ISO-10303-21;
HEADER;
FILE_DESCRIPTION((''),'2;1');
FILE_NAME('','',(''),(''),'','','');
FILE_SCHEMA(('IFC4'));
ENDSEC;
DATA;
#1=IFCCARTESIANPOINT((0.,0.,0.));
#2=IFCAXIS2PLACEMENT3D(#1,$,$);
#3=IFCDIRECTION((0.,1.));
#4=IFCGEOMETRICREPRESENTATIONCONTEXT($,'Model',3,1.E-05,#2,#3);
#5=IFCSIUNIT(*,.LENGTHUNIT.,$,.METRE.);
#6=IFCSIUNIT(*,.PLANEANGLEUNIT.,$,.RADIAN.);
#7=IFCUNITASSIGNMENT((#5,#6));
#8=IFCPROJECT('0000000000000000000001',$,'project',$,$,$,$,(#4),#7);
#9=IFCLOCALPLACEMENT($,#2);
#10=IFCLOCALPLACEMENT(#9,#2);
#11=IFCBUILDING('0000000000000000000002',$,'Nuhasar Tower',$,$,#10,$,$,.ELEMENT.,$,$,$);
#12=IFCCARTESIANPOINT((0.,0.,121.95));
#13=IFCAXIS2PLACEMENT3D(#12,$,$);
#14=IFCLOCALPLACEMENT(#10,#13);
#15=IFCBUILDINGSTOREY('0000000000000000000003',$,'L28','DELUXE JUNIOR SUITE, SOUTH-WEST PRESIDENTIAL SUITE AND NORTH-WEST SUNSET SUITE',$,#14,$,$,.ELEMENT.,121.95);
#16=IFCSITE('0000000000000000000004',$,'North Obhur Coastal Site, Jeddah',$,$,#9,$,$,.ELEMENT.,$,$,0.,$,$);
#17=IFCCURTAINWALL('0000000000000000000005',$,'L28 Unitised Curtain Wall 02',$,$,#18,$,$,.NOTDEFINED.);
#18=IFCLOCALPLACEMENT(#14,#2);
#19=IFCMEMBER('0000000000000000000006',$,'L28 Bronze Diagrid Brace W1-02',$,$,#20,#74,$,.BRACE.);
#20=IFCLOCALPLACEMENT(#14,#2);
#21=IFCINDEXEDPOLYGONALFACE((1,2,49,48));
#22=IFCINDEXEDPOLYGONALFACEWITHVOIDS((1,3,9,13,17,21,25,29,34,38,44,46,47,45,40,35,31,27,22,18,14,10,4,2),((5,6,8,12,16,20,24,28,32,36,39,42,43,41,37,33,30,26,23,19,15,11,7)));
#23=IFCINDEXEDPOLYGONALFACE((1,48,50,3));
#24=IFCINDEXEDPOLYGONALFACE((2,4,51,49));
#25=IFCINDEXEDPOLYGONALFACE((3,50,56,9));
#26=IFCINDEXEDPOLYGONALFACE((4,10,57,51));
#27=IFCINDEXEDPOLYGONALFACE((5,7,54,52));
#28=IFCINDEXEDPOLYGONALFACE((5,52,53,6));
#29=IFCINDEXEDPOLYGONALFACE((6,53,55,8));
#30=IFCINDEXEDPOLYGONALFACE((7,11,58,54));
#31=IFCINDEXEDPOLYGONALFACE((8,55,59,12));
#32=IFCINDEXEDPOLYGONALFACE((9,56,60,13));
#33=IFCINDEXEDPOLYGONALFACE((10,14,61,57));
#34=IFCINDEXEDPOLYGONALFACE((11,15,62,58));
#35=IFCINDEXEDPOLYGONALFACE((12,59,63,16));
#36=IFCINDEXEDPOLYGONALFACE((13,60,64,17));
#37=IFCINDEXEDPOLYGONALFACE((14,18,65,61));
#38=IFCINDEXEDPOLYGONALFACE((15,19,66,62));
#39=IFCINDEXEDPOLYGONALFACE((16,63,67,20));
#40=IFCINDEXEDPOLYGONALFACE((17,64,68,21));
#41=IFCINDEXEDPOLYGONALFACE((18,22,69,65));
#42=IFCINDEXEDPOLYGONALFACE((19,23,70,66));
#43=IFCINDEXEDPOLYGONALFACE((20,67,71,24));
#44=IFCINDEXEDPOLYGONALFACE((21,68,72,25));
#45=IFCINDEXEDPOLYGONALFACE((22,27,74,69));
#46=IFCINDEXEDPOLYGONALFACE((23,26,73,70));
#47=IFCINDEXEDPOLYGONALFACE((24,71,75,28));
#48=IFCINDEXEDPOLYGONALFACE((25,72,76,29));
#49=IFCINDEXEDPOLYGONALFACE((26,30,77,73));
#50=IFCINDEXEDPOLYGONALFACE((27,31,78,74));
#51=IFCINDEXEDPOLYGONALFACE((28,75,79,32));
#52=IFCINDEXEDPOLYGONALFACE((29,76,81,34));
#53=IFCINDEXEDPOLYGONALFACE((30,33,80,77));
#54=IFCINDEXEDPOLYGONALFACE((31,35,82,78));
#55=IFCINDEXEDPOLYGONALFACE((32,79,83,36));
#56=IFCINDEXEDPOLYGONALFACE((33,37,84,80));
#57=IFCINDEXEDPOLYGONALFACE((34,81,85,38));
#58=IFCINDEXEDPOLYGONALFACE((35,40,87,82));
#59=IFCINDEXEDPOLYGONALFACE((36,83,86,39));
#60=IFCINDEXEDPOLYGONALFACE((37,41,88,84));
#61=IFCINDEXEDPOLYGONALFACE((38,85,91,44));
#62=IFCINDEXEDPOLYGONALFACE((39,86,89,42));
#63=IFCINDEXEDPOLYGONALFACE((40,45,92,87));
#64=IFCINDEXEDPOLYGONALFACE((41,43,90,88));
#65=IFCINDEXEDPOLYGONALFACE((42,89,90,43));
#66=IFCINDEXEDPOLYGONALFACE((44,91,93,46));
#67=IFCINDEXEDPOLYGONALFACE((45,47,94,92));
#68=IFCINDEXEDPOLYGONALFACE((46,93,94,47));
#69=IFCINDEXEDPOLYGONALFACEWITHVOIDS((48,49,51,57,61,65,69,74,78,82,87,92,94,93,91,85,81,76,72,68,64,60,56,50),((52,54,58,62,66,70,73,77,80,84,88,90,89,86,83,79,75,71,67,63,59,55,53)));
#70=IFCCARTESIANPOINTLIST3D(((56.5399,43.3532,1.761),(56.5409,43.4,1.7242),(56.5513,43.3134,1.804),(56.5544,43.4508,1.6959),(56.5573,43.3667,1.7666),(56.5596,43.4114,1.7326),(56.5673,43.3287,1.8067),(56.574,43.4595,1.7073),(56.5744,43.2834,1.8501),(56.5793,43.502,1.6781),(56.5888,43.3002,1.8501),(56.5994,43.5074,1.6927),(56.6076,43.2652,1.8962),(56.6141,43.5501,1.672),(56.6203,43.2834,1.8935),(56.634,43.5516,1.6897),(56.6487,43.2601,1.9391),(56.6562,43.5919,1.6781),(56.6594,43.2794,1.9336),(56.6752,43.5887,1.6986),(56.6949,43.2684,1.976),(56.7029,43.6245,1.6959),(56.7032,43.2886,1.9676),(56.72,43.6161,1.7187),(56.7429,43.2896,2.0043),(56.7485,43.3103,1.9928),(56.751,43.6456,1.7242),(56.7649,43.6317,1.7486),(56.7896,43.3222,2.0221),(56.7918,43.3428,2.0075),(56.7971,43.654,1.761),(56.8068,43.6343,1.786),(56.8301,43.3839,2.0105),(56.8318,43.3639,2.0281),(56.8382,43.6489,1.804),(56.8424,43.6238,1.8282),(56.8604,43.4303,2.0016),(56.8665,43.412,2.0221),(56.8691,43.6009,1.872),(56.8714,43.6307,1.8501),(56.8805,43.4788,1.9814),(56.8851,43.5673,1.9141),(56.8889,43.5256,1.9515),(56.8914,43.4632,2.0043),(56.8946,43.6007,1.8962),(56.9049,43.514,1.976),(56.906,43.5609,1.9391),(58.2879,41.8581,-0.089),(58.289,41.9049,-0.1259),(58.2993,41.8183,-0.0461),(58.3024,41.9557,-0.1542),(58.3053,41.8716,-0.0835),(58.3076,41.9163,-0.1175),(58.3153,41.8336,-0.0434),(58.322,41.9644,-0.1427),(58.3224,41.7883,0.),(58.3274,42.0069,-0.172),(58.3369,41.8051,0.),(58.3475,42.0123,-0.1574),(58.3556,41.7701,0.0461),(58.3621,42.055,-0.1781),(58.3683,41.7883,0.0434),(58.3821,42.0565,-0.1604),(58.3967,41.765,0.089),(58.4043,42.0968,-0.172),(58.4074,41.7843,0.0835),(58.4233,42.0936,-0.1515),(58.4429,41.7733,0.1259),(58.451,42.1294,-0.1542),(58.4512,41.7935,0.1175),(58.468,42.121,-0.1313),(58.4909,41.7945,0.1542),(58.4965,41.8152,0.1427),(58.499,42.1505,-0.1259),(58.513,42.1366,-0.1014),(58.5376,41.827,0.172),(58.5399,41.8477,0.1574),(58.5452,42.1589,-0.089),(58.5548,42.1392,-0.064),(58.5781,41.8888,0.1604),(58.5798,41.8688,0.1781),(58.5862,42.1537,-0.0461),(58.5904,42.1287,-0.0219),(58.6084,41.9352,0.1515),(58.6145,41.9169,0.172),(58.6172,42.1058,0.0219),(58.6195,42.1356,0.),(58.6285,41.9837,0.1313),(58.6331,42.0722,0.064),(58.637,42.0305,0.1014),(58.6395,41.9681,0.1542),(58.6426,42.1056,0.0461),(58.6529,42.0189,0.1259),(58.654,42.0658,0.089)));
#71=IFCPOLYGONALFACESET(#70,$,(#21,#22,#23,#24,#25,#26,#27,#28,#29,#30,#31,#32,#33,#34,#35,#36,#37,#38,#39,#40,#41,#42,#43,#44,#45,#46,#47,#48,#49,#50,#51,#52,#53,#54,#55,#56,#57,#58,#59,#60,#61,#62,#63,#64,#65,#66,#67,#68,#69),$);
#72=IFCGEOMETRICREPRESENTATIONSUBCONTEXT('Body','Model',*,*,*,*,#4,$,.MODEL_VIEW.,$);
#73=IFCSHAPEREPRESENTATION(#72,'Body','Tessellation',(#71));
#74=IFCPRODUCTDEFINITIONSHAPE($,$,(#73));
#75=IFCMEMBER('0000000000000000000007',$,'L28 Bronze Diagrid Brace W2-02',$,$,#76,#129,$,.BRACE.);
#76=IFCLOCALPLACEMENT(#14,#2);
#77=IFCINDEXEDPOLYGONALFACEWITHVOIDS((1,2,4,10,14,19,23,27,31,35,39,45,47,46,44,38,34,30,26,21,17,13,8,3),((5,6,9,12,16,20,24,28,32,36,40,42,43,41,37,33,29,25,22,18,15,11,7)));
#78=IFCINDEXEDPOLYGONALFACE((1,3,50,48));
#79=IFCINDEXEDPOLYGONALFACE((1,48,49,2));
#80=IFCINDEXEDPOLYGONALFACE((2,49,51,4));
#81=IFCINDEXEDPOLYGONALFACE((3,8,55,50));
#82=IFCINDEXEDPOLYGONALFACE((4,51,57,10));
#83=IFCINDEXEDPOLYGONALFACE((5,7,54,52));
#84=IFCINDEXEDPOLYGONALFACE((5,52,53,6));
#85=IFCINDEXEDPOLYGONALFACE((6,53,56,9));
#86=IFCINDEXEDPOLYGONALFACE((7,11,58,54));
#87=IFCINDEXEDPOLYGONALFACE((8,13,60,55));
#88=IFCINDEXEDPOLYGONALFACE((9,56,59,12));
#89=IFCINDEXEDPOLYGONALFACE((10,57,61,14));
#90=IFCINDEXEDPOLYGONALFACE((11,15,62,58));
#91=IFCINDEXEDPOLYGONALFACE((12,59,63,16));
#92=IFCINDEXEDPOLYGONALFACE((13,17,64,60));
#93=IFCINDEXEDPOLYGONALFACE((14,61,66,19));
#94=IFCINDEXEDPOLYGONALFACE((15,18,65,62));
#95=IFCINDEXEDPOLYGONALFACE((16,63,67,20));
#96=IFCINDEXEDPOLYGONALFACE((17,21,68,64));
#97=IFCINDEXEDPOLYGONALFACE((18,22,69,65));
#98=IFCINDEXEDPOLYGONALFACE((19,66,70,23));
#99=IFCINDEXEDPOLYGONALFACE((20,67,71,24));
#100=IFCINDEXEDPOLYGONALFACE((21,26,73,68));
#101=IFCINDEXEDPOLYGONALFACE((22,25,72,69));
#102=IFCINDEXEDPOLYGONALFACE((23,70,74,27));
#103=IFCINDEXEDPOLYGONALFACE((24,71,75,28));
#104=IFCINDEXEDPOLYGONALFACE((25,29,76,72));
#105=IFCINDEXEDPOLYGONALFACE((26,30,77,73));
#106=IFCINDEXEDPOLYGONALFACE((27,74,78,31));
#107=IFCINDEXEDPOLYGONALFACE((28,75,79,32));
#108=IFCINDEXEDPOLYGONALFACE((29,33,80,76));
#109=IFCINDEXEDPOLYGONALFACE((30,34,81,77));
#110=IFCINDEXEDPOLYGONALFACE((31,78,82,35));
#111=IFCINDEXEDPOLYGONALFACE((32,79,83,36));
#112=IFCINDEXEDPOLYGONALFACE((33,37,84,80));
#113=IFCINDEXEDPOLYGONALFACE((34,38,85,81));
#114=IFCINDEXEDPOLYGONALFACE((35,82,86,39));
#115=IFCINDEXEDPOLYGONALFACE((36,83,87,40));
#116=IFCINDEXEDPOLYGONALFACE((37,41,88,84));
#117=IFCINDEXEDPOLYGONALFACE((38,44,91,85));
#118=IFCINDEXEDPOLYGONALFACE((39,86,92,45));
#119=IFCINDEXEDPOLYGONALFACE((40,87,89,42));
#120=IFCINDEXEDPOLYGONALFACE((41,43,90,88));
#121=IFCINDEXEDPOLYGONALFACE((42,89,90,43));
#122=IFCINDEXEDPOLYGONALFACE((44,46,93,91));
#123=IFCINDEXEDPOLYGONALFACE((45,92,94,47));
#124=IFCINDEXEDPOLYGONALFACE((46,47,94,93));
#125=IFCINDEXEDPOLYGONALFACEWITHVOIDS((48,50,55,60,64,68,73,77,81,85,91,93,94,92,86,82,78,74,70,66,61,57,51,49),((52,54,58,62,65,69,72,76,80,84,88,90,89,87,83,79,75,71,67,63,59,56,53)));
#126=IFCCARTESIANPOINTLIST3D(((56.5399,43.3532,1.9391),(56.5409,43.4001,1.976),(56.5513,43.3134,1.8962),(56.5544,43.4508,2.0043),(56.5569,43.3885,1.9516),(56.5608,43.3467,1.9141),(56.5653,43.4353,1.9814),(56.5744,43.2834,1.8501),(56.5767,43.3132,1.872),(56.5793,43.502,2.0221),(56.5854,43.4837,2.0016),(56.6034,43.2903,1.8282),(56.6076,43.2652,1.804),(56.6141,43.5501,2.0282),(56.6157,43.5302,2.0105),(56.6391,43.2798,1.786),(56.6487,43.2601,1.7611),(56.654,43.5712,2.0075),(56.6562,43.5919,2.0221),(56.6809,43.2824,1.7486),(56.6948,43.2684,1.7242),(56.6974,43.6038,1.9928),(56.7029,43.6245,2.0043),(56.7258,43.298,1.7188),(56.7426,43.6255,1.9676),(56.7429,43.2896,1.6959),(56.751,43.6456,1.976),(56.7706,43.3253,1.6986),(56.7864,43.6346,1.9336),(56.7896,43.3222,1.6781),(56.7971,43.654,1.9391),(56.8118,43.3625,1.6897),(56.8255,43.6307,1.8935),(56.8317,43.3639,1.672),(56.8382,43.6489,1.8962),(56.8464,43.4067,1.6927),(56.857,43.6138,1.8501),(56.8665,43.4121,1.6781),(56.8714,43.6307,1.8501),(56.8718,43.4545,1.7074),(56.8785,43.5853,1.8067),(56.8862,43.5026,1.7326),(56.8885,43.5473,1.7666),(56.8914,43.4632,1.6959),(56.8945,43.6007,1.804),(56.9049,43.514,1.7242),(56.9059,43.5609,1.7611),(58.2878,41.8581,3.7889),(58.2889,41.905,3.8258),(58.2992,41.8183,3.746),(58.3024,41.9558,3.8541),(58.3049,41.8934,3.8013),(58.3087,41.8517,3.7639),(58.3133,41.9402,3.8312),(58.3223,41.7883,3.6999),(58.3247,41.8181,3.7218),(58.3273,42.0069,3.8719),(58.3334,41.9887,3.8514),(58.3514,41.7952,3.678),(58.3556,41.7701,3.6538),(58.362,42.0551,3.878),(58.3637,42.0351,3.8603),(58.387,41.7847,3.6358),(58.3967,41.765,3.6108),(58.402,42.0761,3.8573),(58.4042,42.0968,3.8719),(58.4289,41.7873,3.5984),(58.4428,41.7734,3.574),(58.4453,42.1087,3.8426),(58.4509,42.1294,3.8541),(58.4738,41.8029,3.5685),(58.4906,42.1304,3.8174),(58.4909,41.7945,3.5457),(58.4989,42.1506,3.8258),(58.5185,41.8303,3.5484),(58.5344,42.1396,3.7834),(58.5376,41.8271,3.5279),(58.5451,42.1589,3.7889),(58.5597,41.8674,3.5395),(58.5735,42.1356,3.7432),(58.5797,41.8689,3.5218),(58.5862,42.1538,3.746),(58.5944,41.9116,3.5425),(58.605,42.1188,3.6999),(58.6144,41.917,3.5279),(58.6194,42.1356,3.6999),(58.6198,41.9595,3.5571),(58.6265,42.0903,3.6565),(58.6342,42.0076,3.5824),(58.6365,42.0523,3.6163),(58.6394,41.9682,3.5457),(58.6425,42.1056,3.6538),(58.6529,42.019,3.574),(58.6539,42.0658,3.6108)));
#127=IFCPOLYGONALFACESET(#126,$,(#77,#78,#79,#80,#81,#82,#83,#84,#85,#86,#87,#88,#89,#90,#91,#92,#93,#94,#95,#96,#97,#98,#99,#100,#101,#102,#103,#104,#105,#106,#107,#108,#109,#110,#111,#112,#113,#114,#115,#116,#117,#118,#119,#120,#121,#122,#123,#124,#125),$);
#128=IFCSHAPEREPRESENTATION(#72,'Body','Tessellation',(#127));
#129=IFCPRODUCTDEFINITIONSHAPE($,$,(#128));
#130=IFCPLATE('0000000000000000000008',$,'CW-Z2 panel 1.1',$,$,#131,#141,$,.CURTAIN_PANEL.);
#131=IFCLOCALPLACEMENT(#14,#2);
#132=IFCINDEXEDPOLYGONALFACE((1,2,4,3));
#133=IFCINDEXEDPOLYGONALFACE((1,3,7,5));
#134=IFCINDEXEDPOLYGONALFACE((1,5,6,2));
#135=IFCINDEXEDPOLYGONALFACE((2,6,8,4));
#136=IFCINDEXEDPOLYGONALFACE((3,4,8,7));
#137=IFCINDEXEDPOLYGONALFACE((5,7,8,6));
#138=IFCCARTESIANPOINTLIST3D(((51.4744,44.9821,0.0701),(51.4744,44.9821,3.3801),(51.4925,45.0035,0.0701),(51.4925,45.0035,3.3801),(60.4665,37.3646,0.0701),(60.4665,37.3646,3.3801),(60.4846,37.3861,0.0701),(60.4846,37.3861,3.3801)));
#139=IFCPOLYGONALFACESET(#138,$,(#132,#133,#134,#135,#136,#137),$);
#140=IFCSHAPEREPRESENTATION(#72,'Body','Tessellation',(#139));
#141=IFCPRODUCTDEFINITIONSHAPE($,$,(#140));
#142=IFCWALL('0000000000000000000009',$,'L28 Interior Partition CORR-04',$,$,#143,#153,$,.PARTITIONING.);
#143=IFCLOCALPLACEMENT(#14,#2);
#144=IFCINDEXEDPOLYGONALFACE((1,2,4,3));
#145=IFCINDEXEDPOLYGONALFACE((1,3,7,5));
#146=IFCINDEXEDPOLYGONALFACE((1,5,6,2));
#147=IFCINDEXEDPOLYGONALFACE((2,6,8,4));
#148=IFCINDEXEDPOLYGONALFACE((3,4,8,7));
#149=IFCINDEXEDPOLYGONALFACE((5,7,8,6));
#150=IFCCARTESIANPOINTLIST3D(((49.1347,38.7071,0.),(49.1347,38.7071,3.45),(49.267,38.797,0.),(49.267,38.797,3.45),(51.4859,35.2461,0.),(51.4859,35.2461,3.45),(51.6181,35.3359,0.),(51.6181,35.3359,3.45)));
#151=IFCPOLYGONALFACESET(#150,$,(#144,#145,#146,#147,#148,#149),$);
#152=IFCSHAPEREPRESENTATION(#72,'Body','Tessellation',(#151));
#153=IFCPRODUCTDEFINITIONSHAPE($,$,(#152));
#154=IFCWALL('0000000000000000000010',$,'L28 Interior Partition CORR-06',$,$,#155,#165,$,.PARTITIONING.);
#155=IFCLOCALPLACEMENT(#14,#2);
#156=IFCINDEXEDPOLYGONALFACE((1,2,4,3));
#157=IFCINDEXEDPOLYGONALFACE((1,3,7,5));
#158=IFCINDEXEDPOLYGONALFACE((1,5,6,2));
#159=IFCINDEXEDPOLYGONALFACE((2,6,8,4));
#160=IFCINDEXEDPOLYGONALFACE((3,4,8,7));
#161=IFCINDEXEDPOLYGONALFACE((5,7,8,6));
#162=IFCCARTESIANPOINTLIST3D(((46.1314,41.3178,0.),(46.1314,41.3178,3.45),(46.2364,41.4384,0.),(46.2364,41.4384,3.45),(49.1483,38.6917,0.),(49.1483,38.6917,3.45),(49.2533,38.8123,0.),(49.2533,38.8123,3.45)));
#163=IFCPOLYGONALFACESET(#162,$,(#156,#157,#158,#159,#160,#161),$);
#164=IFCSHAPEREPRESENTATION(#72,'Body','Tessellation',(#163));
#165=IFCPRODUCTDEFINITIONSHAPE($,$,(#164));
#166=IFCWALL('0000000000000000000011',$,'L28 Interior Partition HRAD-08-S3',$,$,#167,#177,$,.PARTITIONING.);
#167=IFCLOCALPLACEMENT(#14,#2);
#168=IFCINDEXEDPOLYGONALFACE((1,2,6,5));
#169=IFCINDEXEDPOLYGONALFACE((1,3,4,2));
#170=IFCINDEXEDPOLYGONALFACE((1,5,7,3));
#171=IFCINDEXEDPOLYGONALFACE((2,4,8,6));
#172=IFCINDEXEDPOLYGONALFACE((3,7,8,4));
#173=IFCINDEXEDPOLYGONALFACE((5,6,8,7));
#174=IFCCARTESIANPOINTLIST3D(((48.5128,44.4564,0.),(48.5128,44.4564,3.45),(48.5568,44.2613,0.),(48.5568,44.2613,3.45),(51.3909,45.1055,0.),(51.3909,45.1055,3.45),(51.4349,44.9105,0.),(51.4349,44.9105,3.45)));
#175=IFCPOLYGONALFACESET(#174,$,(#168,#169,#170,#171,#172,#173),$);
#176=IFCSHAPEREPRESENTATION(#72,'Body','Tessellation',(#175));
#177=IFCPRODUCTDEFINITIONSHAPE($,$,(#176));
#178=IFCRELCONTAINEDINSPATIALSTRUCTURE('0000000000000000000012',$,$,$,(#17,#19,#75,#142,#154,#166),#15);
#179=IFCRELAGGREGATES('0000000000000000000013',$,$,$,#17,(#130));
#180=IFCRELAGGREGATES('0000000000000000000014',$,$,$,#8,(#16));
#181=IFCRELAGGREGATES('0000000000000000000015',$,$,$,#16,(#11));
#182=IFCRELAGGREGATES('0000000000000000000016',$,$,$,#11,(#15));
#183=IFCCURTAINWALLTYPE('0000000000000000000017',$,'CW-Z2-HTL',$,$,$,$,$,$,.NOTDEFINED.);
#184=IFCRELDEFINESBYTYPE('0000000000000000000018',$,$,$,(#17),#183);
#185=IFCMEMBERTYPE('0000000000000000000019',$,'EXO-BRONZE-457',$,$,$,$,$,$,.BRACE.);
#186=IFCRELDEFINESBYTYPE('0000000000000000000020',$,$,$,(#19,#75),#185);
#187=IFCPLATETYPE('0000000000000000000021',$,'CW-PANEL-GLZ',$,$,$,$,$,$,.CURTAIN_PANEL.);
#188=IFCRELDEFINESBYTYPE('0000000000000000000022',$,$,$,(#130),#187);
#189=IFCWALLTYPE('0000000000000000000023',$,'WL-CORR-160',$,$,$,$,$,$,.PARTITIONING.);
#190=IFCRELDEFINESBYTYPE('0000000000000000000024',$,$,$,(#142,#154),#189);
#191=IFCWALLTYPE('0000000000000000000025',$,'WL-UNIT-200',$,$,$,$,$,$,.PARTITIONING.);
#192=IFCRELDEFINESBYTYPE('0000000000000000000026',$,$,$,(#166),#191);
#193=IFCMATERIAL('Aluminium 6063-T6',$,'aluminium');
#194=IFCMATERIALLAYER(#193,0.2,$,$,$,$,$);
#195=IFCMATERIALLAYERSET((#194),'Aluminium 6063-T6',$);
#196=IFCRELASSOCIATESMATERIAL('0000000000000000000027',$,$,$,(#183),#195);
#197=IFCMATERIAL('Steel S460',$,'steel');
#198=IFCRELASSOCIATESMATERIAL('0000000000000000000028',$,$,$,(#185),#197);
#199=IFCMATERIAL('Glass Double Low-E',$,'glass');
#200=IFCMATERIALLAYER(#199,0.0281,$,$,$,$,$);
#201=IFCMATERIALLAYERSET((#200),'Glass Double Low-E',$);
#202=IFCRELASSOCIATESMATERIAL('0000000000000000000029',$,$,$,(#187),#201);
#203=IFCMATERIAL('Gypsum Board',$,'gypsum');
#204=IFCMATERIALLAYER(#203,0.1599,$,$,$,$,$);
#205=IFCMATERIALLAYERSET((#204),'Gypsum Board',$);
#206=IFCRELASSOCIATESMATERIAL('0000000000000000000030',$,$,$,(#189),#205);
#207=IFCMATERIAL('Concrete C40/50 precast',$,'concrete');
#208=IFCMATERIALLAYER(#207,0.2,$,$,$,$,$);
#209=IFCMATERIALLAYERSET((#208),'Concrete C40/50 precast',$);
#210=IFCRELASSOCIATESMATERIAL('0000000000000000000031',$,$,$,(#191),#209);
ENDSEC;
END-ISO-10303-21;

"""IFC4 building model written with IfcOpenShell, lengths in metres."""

from ifc_helpers import new_model, si_unit, direction, frame, frame_2d, origin, origin_2d, place, context, subcontext, project, spatial, rectangle, hollow_circle, extrude, material, layer, layer_set, material_profile, profile_set, type_object, element, aggregate, save


model = new_model("IFC4")

# Units and contexts
model_context = context("Model", 3, precision=1e-05, world=origin(), true_north=direction((0.0, 1.0)))
body_context = subcontext(model_context, "Body", "Model", "MODEL_VIEW")
ifc_project = project(units=[si_unit("LENGTHUNIT", "METRE"), si_unit("PLANEANGLEUNIT", "RADIAN")], contexts=[model_context])

# Site, building, storey
site_placement = place(None, origin())
site = spatial("IfcSite", under=ifc_project, at=site_placement, Name="North Obhur Coastal Site, Jeddah", CompositionType="ELEMENT", RefElevation=0.0)
building_placement = place(site_placement, origin())
building = spatial("IfcBuilding", under=site, at=building_placement, Name="Nuhasar Tower", CompositionType="ELEMENT")
storey_placement = place(building_placement, frame((0.0, 0.0, 121.95)))
storey = spatial("IfcBuildingStorey", under=building, at=storey_placement, Name="L28", Description="DELUXE JUNIOR SUITE, SOUTH-WEST PRESIDENTIAL SUITE AND NORTH-WEST SUNSET SUITE", CompositionType="ELEMENT", Elevation=121.95)

# Shared definitions
ifc_material_1 = material(Name="Aluminium 6063-T6", Category="aluminium")
ifc_layer_1 = layer(ifc_material_1, 0.2)
ifc_layer_set_1 = layer_set([ifc_layer_1], Name="Aluminium 6063-T6")
curtain_wall_type = type_object("IfcCurtainWallType", Name="CW-Z2-HTL", PredefinedType="NOTDEFINED", material=ifc_layer_set_1)

# Curtain wall
curtain_wall_1_placement = place(storey_placement, origin())
curtain_wall_1 = element("IfcCurtainWall", 1, at=curtain_wall_1_placement, inside=storey, type_object=curtain_wall_type, Name="L28 Unitised Curtain Wall 02", PredefinedType="NOTDEFINED")

# Members
ifc_material_2 = material(Name="Steel S460", Category="steel")
ifc_material_profile_1 = material_profile(ifc_material_2, hollow_circle(Radius=0.2285, WallThickness=0.0222, at=origin_2d()), Name="HSS457X22.2")
ifc_profile_set_1 = profile_set([ifc_material_profile_1], Name="Steel S460")
member_type_1 = type_object("IfcMemberType", Name="EXO-BRONZE-457", PredefinedType="BRACE", material=ifc_profile_set_1)
member_1_placement = place(storey_placement, frame((58.4709, 41.9619, 0.0), z_axis=(-0.59217, 0.506488, 0.626741), x_axis=(-0.649987, -0.759945, 0.0)))
element("IfcMember", 2, at=member_1_placement, inside=storey, type_object=member_type_1, Name="L28 Bronze Diagrid Brace W1-02", PredefinedType="BRACE", context=body_context, shape_type="SweptSolid", body=[
    extrude(hollow_circle(Radius=0.2285, WallThickness=0.0222, at=origin_2d()), origin(), (0.0, 0.0, 1.0), 2.9519),
])
member_2_placement = place(storey_placement, frame((56.7229, 43.457, 1.8501), z_axis=(0.592201, -0.506514, 0.626691), x_axis=(0.649987, 0.759945, 0.0)))
element("IfcMember", 3, at=member_2_placement, inside=storey, type_object=member_type_1, Name="L28 Bronze Diagrid Brace W2-02", PredefinedType="BRACE", context=body_context, shape_type="SweptSolid", body=[
    extrude(hollow_circle(Radius=0.2285, WallThickness=0.0222, at=origin_2d()), origin(), (0.0, 0.0, 1.0), 2.9517),
])

# Plate
ifc_material_3 = material(Name="Glass Double Low-E", Category="glass")
ifc_layer_2 = layer(ifc_material_3, 0.0281)
ifc_layer_set_2 = layer_set([ifc_layer_2], Name="Glass Double Low-E")
plate_type = type_object("IfcPlateType", Name="CW-PANEL-GLZ", PredefinedType="CURTAIN_PANEL", material=ifc_layer_set_2)
plate_placement = place(storey_placement, frame((55.9795, 41.1841, 0.0701), z_axis=(0.0, 0.0, 1.0), x_axis=(-0.76302, 0.646374, 0.0)))
plate = element("IfcPlate", 4, at=plate_placement, type_object=plate_type, Name="CW-Z2 panel 1.1", PredefinedType="CURTAIN_PANEL", context=body_context, shape_type="SweptSolid", body=[
    extrude(rectangle(XDim=11.7849, YDim=0.0281, at=origin_2d()), origin(), (0.0, 0.0, 1.0), 3.3101),
])
aggregate(curtain_wall_1, [plate])

# Walls
ifc_material_4 = material(Name="Gypsum Board", Category="gypsum")
ifc_layer_3 = layer(ifc_material_4, 0.1599)
ifc_layer_set_3 = layer_set([ifc_layer_3], Name="Gypsum Board")
wall_type_1 = type_object("IfcWallType", Name="WL-CORR-160", PredefinedType="PARTITIONING", material=ifc_layer_set_3)
wall_1_placement = place(storey_placement, frame((51.552, 35.291, 0.0), z_axis=(0.0, 0.0, 1.0), x_axis=(-0.561924, 0.827189, 0.0)))
element("IfcWall", 5, at=wall_1_placement, inside=storey, type_object=wall_type_1, Name="L28 Interior Partition CORR-04", PredefinedType="PARTITIONING", context=body_context, shape_type="SweptSolid", body=[
    extrude(rectangle(XDim=4.1841, YDim=0.1599, at=frame_2d((2.092, 0.0))), origin(), (0.0, 0.0, 1.0), 3.45),
])
wall_2_placement = place(storey_placement, frame((49.2009, 38.752, 0.0), z_axis=(0.0, 0.0, 1.0), x_axis=(-0.75428, 0.656553, 0.0)))
element("IfcWall", 6, at=wall_2_placement, inside=storey, type_object=wall_type_1, Name="L28 Interior Partition CORR-06", PredefinedType="PARTITIONING", context=body_context, shape_type="SweptSolid", body=[
    extrude(rectangle(XDim=3.9998, YDim=0.1599, at=frame_2d((2.0, 0.0))), origin(), (0.0, 0.0, 1.0), 3.45),
])
ifc_material_5 = material(Name="Concrete C40/50 precast", Category="concrete")
ifc_layer_4 = layer(ifc_material_5, 0.2)
ifc_layer_set_4 = layer_set([ifc_layer_4], Name="Concrete C40/50 precast")
wall_type_2 = type_object("IfcWallType", Name="WL-UNIT-200", PredefinedType="PARTITIONING", material=ifc_layer_set_4)
wall_3_placement = place(storey_placement, frame((48.5349, 44.3589, 0.0), z_axis=(0.0, 0.0, 1.0), x_axis=(0.975495, 0.220022, 0.0)))
element("IfcWall", 7, at=wall_3_placement, inside=storey, type_object=wall_type_2, Name="L28 Interior Partition HRAD-08-S3", PredefinedType="PARTITIONING", context=body_context, shape_type="SweptSolid", body=[
    extrude(rectangle(XDim=2.9504, YDim=0.2, at=frame_2d((1.4751, 0.0))), origin(), (0.0, 0.0, 1.0), 3.45),
])

save(model, "model.ifc")
